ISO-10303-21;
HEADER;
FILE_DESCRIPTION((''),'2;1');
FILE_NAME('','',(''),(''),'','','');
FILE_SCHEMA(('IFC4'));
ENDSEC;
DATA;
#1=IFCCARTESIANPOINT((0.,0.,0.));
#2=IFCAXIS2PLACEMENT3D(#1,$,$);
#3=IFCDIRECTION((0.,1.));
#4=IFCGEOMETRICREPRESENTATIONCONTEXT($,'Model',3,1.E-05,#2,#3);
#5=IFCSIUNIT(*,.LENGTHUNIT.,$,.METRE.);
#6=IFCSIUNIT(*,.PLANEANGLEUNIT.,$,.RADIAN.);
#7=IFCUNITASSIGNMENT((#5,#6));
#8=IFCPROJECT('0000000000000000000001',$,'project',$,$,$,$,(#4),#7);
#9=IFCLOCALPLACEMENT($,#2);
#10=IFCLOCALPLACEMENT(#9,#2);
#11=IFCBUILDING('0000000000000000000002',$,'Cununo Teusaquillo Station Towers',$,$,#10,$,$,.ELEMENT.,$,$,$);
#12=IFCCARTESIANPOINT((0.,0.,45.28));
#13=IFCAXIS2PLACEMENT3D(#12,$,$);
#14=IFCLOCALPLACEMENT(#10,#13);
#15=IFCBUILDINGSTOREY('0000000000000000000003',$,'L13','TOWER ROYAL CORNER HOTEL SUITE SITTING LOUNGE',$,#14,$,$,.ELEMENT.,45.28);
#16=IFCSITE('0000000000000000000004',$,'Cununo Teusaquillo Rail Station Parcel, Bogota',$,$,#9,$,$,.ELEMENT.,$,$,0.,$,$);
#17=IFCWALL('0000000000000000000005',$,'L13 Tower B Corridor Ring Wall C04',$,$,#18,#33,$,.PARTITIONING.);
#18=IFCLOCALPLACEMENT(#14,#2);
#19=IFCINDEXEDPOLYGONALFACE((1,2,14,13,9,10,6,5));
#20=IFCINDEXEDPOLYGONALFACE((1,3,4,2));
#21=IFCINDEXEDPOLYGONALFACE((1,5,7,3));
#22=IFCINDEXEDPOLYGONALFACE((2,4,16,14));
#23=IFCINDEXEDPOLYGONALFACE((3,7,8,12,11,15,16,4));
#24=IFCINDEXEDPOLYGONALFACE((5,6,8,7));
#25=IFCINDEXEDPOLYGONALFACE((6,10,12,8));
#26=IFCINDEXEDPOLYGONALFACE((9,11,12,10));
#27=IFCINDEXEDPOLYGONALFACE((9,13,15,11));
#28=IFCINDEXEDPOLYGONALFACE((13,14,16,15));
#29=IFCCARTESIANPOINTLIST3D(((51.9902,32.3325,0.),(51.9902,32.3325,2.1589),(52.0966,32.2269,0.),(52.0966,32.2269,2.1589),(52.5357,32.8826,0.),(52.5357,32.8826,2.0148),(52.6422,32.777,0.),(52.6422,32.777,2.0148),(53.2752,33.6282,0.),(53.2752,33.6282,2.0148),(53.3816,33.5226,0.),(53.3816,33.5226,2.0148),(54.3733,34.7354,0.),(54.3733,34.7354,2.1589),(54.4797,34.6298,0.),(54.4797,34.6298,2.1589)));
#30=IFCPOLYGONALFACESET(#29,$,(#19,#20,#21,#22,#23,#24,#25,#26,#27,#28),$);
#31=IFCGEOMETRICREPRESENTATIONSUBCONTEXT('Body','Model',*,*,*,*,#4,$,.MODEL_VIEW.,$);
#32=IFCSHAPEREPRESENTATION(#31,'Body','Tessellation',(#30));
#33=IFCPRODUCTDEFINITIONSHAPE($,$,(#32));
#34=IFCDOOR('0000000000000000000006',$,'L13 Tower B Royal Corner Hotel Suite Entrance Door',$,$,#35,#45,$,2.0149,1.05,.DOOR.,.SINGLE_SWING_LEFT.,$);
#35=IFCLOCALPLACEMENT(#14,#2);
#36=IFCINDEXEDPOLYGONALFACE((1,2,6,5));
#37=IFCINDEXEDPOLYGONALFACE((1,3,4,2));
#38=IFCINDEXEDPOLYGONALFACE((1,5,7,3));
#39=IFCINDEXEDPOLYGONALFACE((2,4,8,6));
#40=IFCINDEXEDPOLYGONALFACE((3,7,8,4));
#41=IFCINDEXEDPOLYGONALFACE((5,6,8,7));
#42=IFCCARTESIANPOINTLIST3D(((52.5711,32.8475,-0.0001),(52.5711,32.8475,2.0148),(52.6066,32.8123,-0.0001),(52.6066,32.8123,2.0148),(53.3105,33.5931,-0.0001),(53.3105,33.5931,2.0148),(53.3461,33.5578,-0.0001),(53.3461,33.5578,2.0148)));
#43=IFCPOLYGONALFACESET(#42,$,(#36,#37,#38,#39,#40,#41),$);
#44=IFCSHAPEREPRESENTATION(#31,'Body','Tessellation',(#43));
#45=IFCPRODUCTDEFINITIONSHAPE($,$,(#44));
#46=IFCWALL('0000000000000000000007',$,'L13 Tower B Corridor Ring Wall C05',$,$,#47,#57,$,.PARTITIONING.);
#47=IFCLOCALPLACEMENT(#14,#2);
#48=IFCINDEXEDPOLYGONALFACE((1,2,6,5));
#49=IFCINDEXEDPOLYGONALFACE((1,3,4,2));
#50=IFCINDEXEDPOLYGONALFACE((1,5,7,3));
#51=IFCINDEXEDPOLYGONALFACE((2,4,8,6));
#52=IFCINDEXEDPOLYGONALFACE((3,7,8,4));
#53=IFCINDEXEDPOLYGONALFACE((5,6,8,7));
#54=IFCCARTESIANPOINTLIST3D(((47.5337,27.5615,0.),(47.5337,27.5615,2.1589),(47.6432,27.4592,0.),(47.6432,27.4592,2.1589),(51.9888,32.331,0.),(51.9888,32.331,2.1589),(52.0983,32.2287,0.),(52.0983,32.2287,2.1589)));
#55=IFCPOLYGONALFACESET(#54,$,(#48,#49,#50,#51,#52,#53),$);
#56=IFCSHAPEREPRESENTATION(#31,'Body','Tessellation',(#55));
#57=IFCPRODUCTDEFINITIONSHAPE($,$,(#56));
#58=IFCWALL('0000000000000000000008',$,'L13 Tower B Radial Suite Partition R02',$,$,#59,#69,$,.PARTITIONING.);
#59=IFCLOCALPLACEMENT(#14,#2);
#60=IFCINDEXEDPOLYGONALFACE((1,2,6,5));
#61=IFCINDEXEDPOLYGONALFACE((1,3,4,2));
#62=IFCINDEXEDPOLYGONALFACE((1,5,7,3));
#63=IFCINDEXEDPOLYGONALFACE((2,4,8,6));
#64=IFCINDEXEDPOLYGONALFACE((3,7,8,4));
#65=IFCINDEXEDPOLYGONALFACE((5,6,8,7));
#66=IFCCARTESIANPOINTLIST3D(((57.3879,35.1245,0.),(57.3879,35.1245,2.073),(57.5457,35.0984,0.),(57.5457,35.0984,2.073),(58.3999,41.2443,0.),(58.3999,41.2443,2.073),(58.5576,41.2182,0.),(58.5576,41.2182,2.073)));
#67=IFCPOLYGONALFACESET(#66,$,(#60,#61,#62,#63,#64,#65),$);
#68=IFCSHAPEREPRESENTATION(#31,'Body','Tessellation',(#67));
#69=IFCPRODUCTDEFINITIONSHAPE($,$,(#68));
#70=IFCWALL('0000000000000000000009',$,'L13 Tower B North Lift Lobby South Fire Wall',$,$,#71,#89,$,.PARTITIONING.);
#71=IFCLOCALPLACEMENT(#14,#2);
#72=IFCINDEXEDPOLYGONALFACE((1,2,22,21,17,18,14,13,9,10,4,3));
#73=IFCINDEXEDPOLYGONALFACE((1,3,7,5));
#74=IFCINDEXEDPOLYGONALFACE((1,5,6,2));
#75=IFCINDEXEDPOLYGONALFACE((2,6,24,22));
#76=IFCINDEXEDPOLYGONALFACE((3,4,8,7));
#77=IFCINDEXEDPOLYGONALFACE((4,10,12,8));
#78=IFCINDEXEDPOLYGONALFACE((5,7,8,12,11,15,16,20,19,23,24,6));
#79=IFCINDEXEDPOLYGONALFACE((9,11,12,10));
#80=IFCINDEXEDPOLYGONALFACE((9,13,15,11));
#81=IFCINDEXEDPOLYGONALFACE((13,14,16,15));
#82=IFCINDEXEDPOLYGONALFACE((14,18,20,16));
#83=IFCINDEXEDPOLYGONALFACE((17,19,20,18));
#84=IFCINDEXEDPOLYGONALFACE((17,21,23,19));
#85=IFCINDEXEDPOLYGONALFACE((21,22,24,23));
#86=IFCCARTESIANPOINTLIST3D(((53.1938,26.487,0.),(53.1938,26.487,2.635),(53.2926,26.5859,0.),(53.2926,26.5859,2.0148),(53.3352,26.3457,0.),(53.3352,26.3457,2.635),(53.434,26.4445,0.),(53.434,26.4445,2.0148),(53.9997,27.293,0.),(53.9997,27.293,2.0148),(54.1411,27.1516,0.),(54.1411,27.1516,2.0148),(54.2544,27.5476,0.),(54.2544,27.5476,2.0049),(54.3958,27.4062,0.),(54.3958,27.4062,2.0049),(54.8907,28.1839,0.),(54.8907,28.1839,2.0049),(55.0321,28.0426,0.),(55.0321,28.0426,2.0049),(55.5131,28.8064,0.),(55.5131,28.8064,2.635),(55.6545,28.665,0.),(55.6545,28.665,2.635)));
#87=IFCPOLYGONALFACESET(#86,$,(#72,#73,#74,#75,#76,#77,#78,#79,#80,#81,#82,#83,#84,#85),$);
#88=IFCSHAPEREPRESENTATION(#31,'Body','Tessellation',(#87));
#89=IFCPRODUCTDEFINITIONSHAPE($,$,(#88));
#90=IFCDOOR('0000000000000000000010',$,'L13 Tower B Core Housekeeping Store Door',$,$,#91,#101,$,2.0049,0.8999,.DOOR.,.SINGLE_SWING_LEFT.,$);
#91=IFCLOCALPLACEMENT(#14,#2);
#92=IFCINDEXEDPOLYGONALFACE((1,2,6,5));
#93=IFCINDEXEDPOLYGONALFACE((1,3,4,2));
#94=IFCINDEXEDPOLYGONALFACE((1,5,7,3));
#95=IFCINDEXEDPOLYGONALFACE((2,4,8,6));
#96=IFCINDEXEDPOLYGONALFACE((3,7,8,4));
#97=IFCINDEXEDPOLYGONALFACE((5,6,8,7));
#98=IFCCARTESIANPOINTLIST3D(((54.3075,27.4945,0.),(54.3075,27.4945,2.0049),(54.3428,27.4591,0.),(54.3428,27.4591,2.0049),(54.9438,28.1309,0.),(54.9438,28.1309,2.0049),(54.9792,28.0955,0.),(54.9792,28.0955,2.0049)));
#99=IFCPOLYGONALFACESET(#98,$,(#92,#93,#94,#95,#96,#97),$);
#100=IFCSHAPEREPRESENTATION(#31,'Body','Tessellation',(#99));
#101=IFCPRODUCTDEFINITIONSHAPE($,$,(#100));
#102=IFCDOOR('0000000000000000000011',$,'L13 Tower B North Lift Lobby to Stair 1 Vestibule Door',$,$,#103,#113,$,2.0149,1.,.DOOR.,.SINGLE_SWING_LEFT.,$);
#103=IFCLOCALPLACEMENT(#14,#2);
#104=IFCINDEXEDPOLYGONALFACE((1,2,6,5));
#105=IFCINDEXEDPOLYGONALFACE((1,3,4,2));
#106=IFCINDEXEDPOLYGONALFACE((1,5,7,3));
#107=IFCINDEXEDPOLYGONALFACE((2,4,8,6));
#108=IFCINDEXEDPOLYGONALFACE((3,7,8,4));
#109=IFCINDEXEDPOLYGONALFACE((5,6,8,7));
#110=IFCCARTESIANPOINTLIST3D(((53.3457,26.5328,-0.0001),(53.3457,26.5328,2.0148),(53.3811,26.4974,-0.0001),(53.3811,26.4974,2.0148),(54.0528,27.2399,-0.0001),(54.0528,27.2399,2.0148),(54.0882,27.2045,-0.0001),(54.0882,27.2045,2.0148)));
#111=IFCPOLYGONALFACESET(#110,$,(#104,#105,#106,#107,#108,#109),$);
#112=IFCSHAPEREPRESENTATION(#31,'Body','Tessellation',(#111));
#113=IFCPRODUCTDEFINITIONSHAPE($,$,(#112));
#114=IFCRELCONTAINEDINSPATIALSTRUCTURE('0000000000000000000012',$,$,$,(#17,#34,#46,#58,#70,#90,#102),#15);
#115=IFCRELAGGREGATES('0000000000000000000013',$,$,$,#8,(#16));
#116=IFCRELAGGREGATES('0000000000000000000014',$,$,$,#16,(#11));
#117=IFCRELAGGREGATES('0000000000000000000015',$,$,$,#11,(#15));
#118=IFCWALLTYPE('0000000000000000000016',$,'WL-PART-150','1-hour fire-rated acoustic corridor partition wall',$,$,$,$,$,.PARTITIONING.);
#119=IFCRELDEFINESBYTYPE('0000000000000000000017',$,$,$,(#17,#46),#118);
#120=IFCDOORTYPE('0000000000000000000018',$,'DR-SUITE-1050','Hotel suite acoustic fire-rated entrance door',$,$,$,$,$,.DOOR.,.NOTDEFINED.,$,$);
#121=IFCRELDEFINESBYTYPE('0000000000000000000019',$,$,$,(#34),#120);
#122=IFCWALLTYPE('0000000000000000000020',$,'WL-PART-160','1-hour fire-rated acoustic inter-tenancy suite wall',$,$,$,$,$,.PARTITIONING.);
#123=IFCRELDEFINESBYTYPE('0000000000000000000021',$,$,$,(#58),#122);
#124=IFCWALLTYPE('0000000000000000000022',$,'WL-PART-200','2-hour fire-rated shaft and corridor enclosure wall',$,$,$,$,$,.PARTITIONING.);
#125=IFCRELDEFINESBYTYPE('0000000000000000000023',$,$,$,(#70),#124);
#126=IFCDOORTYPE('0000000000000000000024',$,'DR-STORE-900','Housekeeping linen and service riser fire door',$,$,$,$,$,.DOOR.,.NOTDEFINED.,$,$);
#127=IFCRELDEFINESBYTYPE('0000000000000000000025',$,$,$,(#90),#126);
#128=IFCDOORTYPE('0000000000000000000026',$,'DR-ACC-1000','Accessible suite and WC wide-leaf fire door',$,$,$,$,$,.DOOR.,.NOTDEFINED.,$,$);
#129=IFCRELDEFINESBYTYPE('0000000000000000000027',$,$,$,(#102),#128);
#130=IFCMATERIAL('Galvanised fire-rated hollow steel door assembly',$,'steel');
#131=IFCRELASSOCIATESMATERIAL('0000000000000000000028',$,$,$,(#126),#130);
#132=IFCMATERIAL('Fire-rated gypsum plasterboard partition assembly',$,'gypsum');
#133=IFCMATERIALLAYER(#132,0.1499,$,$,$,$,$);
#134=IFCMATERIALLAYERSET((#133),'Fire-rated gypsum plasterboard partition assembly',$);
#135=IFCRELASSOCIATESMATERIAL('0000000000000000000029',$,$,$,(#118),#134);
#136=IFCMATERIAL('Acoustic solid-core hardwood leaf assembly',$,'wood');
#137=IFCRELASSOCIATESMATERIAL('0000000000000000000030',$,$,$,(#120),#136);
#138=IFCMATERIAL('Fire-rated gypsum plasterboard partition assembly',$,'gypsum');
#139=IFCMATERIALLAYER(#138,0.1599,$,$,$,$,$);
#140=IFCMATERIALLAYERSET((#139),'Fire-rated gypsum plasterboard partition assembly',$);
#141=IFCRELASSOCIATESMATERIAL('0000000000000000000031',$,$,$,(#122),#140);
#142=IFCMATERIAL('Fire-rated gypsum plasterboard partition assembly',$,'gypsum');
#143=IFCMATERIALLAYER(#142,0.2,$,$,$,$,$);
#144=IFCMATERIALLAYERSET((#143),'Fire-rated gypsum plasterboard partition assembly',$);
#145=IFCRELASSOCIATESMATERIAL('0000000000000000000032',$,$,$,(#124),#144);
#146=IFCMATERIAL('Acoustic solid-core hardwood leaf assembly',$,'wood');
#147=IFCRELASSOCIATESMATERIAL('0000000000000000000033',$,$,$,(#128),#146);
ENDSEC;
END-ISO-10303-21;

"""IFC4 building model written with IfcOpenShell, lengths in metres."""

from ifc_helpers import new_model, si_unit, direction, frame, frame_2d, origin, place, context, subcontext, project, spatial, rectangle, extrude, source, transform, mapped, material, layer, layer_set, type_object, element, fill, save


model = new_model("IFC4")

# Units and contexts
model_context = context("Model", 3, precision=1e-05, world=origin(), true_north=direction((0.0, 1.0)))
body_context = subcontext(model_context, "Body", "Model", "MODEL_VIEW")
ifc_project = project(units=[si_unit("LENGTHUNIT", "METRE"), si_unit("PLANEANGLEUNIT", "RADIAN")], contexts=[model_context])

# Site, building, storey
site_placement = place(None, origin())
site = spatial("IfcSite", under=ifc_project, at=site_placement, Name="Cununo Teusaquillo Rail Station Parcel, Bogota", CompositionType="ELEMENT", RefElevation=0.0)
building_placement = place(site_placement, origin())
building = spatial("IfcBuilding", under=site, at=building_placement, Name="Cununo Teusaquillo Station Towers", CompositionType="ELEMENT")
storey_placement = place(building_placement, frame((0.0, 0.0, 45.28)))
storey = spatial("IfcBuildingStorey", under=building, at=storey_placement, Name="L13", Description="TOWER ROYAL CORNER HOTEL SUITE SITTING LOUNGE", CompositionType="ELEMENT", Elevation=45.28)

# Shared definitions
ifc_material_1 = material(Name="Galvanised fire-rated hollow steel door assembly", Category="steel")
door_type_1 = type_object("IfcDoorType", Name="DR-STORE-900", Description="Housekeeping linen and service riser fire door", OperationType="NOTDEFINED", PredefinedType="DOOR", material=ifc_material_1)
shared_shape_1 = source(origin(), body_context, "Body", "SweptSolid", [
    extrude(rectangle(XDim=0.8999, YDim=2.0049, at=frame_2d((0.45, 1.0024))), frame((0.0, 0.0249, 0.0), z_axis=(0.0, -1.0, 0.0), x_axis=(1.0, 0.0, 0.0)), (0.0, 0.0, 1.0), 0.05),
])

# Shared definitions
ifc_material_2 = material(Name="Fire-rated gypsum plasterboard partition assembly", Category="gypsum")
ifc_layer_1 = layer(ifc_material_2, 0.1499)
ifc_layer_set_1 = layer_set([ifc_layer_1], Name="Fire-rated gypsum plasterboard partition assembly")
wall_type_1 = type_object("IfcWallType", Name="WL-PART-150", Description="1-hour fire-rated acoustic corridor partition wall", PredefinedType="PARTITIONING", material=ifc_layer_set_1)

# Wall, opening, door
wall_1_placement = place(storey_placement, frame((54.4265, 34.6826, 0.0), z_axis=(0.0, 0.0, 1.0), x_axis=(-0.704179, -0.710022, 0.0)))
wall_1 = element("IfcWall", 1, at=wall_1_placement, inside=storey, type_object=wall_type_1, Name="L13 Tower B Corridor Ring Wall C04", PredefinedType="PARTITIONING", context=body_context, shape_type="SweptSolid", body=[
    extrude(rectangle(XDim=3.3843, YDim=0.1499, at=frame_2d((1.6921, 0.0))), origin(), (0.0, 0.0, 1.0), 2.1589),
])
shared_shape_2 = source(origin(), body_context, "Body", "SweptSolid", [
    extrude(rectangle(XDim=1.05, YDim=2.0149, at=frame_2d((0.5249, 1.0073))), frame((0.0, 0.085, 0.0), z_axis=(0.0, -1.0, 0.0), x_axis=(1.0, 0.0, 0.0)), (0.0, 0.0, 1.0), 0.1699),
])
opening_1_placement = place(wall_1_placement, frame((1.5596, 0.0, 0.0)))
opening_1 = element("IfcOpeningElement", 2, at=opening_1_placement, cuts=wall_1, PredefinedType="OPENING", context=body_context, shape_type="MappedRepresentation", body=[
    mapped(shared_shape_2, transform((0.0, 0.0, 0.0), x_axis=(1.0, 0.0, 0.0), y_axis=(0.0, 1.0, 0.0), z_axis=(0.0, 0.0, 1.0), scale=1.0)),
])
ifc_material_3 = material(Name="Acoustic solid-core hardwood leaf assembly", Category="wood")
door_type_2 = type_object("IfcDoorType", Name="DR-SUITE-1050", Description="Hotel suite acoustic fire-rated entrance door", OperationType="NOTDEFINED", PredefinedType="DOOR", material=ifc_material_3)
shared_shape_3 = source(origin(), body_context, "Body", "SweptSolid", [
    extrude(rectangle(XDim=1.05, YDim=2.0149, at=frame_2d((0.5249, 1.0073))), frame((0.0, 0.0249, 0.0), z_axis=(0.0, -1.0, 0.0), x_axis=(1.0, 0.0, 0.0)), (0.0, 0.0, 1.0), 0.05),
])
door_1_placement = place(opening_1_placement, origin())
door_1 = element("IfcDoor", 3, at=door_1_placement, inside=storey, type_object=door_type_2, Name="L13 Tower B Royal Corner Hotel Suite Entrance Door", OperationType="SINGLE_SWING_LEFT", OverallHeight=2.0149, OverallWidth=1.05, PredefinedType="DOOR", context=body_context, shape_type="MappedRepresentation", body=[
    mapped(shared_shape_3, transform((0.0, 0.0, 0.0), x_axis=(1.0, 0.0, 0.0), y_axis=(0.0, 1.0, 0.0), z_axis=(0.0, 0.0, 1.0), scale=1.0)),
])
fill(opening_1, door_1)

# Walls
wall_2_placement = place(storey_placement, frame((52.0435, 32.2798, 0.0), z_axis=(0.0, 0.0, 1.0), x_axis=(-0.682606, -0.730787, 0.0)))
element("IfcWall", 4, at=wall_2_placement, inside=storey, type_object=wall_type_1, Name="L13 Tower B Corridor Ring Wall C05", PredefinedType="PARTITIONING", context=body_context, shape_type="SweptSolid", body=[
    extrude(rectangle(XDim=6.5266, YDim=0.1499, at=frame_2d((3.2632, 0.0))), origin(), (0.0, 0.0, 1.0), 2.1589),
])
ifc_material_4 = material(Name="Fire-rated gypsum plasterboard partition assembly", Category="gypsum")
ifc_layer_2 = layer(ifc_material_4, 0.1599)
ifc_layer_set_2 = layer_set([ifc_layer_2], Name="Fire-rated gypsum plasterboard partition assembly")
wall_type_2 = type_object("IfcWallType", Name="WL-PART-160", Description="1-hour fire-rated acoustic inter-tenancy suite wall", PredefinedType="PARTITIONING", material=ifc_layer_set_2)
wall_3_placement = place(storey_placement, frame((57.4668, 35.1113, 0.0), z_axis=(0.0, 0.0, 1.0), x_axis=(0.163142, 0.986603, 0.0)))
element("IfcWall", 5, at=wall_3_placement, inside=storey, type_object=wall_type_2, Name="L13 Tower B Radial Suite Partition R02", PredefinedType="PARTITIONING", context=body_context, shape_type="SweptSolid", body=[
    extrude(rectangle(XDim=6.2029, YDim=0.1599, at=frame_2d((3.1016, 0.0))), origin(), (0.0, 0.0, 1.0), 2.073),
])

# Wall, openings, doors
ifc_material_5 = material(Name="Fire-rated gypsum plasterboard partition assembly", Category="gypsum")
ifc_layer_3 = layer(ifc_material_5, 0.2)
ifc_layer_set_3 = layer_set([ifc_layer_3], Name="Fire-rated gypsum plasterboard partition assembly")
wall_type_3 = type_object("IfcWallType", Name="WL-PART-200", Description="2-hour fire-rated shaft and corridor enclosure wall", PredefinedType="PARTITIONING", material=ifc_layer_set_3)
wall_4_placement = place(storey_placement, frame((53.2644, 26.4163, 0.0), z_axis=(0.0, 0.0, 1.0), x_axis=(0.707107, 0.707107, 0.0)))
wall_4 = element("IfcWall", 6, at=wall_4_placement, inside=storey, type_object=wall_type_3, Name="L13 Tower B North Lift Lobby South Fire Wall", PredefinedType="PARTITIONING", context=body_context, shape_type="SweptSolid", body=[
    extrude(rectangle(XDim=3.28, YDim=0.2, at=frame_2d((1.6401, 0.0))), origin(), (0.0, 0.0, 1.0), 2.635),
])
shared_shape_4 = source(origin(), body_context, "Body", "SweptSolid", [
    extrude(rectangle(XDim=1.0, YDim=2.0149, at=frame_2d((0.5, 1.0073))), frame((0.0, 0.1099, 0.0), z_axis=(0.0, -1.0, 0.0), x_axis=(1.0, 0.0, 0.0)), (0.0, 0.0, 1.0), 0.22),
])
opening_2_placement = place(wall_4_placement, frame((0.1399, 0.0, 0.0)))
opening_2 = element("IfcOpeningElement", 7, at=opening_2_placement, cuts=wall_4, PredefinedType="OPENING", context=body_context, shape_type="MappedRepresentation", body=[
    mapped(shared_shape_4, transform((0.0, 0.0, 0.0), x_axis=(1.0, 0.0, 0.0), y_axis=(0.0, 1.0, 0.0), z_axis=(0.0, 0.0, 1.0), scale=1.0)),
])
shared_shape_5 = source(origin(), body_context, "Body", "SweptSolid", [
    extrude(rectangle(XDim=0.8999, YDim=2.0049, at=frame_2d((0.45, 1.0024))), frame((0.0, 0.1099, 0.0), z_axis=(0.0, -1.0, 0.0), x_axis=(1.0, 0.0, 0.0)), (0.0, 0.0, 1.0), 0.22),
])
opening_3_placement = place(wall_4_placement, frame((1.5, 0.0, 0.0)))
opening_3 = element("IfcOpeningElement", 8, at=opening_3_placement, cuts=wall_4, PredefinedType="OPENING", context=body_context, shape_type="MappedRepresentation", body=[
    mapped(shared_shape_5, transform((0.0, 0.0, 0.0), x_axis=(1.0, 0.0, 0.0), y_axis=(0.0, 1.0, 0.0), z_axis=(0.0, 0.0, 1.0), scale=1.0)),
])
door_2_placement = place(opening_3_placement, origin())
door_2 = element("IfcDoor", 9, at=door_2_placement, inside=storey, type_object=door_type_1, Name="L13 Tower B Core Housekeeping Store Door", OperationType="SINGLE_SWING_LEFT", OverallHeight=2.0049, OverallWidth=0.8999, PredefinedType="DOOR", context=body_context, shape_type="MappedRepresentation", body=[
    mapped(shared_shape_1, transform((0.0, 0.0, 0.0), x_axis=(1.0, 0.0, 0.0), y_axis=(0.0, 1.0, 0.0), z_axis=(0.0, 0.0, 1.0), scale=1.0)),
])
fill(opening_3, door_2)
ifc_material_6 = material(Name="Acoustic solid-core hardwood leaf assembly", Category="wood")
door_type_3 = type_object("IfcDoorType", Name="DR-ACC-1000", Description="Accessible suite and WC wide-leaf fire door", OperationType="NOTDEFINED", PredefinedType="DOOR", material=ifc_material_6)
shared_shape_6 = source(origin(), body_context, "Body", "SweptSolid", [
    extrude(rectangle(XDim=1.0, YDim=2.0149, at=frame_2d((0.5, 1.0073))), frame((0.0, 0.0249, 0.0), z_axis=(0.0, -1.0, 0.0), x_axis=(1.0, 0.0, 0.0)), (0.0, 0.0, 1.0), 0.05),
])
door_3_placement = place(opening_2_placement, origin())
door_3 = element("IfcDoor", 10, at=door_3_placement, inside=storey, type_object=door_type_3, Name="L13 Tower B North Lift Lobby to Stair 1 Vestibule Door", OperationType="SINGLE_SWING_LEFT", OverallHeight=2.0149, OverallWidth=1.0, PredefinedType="DOOR", context=body_context, shape_type="MappedRepresentation", body=[
    mapped(shared_shape_6, transform((0.0, 0.0, 0.0), x_axis=(1.0, 0.0, 0.0), y_axis=(0.0, 1.0, 0.0), z_axis=(0.0, 0.0, 1.0), scale=1.0)),
])
fill(opening_2, door_3)

save(model, "model.ifc")
